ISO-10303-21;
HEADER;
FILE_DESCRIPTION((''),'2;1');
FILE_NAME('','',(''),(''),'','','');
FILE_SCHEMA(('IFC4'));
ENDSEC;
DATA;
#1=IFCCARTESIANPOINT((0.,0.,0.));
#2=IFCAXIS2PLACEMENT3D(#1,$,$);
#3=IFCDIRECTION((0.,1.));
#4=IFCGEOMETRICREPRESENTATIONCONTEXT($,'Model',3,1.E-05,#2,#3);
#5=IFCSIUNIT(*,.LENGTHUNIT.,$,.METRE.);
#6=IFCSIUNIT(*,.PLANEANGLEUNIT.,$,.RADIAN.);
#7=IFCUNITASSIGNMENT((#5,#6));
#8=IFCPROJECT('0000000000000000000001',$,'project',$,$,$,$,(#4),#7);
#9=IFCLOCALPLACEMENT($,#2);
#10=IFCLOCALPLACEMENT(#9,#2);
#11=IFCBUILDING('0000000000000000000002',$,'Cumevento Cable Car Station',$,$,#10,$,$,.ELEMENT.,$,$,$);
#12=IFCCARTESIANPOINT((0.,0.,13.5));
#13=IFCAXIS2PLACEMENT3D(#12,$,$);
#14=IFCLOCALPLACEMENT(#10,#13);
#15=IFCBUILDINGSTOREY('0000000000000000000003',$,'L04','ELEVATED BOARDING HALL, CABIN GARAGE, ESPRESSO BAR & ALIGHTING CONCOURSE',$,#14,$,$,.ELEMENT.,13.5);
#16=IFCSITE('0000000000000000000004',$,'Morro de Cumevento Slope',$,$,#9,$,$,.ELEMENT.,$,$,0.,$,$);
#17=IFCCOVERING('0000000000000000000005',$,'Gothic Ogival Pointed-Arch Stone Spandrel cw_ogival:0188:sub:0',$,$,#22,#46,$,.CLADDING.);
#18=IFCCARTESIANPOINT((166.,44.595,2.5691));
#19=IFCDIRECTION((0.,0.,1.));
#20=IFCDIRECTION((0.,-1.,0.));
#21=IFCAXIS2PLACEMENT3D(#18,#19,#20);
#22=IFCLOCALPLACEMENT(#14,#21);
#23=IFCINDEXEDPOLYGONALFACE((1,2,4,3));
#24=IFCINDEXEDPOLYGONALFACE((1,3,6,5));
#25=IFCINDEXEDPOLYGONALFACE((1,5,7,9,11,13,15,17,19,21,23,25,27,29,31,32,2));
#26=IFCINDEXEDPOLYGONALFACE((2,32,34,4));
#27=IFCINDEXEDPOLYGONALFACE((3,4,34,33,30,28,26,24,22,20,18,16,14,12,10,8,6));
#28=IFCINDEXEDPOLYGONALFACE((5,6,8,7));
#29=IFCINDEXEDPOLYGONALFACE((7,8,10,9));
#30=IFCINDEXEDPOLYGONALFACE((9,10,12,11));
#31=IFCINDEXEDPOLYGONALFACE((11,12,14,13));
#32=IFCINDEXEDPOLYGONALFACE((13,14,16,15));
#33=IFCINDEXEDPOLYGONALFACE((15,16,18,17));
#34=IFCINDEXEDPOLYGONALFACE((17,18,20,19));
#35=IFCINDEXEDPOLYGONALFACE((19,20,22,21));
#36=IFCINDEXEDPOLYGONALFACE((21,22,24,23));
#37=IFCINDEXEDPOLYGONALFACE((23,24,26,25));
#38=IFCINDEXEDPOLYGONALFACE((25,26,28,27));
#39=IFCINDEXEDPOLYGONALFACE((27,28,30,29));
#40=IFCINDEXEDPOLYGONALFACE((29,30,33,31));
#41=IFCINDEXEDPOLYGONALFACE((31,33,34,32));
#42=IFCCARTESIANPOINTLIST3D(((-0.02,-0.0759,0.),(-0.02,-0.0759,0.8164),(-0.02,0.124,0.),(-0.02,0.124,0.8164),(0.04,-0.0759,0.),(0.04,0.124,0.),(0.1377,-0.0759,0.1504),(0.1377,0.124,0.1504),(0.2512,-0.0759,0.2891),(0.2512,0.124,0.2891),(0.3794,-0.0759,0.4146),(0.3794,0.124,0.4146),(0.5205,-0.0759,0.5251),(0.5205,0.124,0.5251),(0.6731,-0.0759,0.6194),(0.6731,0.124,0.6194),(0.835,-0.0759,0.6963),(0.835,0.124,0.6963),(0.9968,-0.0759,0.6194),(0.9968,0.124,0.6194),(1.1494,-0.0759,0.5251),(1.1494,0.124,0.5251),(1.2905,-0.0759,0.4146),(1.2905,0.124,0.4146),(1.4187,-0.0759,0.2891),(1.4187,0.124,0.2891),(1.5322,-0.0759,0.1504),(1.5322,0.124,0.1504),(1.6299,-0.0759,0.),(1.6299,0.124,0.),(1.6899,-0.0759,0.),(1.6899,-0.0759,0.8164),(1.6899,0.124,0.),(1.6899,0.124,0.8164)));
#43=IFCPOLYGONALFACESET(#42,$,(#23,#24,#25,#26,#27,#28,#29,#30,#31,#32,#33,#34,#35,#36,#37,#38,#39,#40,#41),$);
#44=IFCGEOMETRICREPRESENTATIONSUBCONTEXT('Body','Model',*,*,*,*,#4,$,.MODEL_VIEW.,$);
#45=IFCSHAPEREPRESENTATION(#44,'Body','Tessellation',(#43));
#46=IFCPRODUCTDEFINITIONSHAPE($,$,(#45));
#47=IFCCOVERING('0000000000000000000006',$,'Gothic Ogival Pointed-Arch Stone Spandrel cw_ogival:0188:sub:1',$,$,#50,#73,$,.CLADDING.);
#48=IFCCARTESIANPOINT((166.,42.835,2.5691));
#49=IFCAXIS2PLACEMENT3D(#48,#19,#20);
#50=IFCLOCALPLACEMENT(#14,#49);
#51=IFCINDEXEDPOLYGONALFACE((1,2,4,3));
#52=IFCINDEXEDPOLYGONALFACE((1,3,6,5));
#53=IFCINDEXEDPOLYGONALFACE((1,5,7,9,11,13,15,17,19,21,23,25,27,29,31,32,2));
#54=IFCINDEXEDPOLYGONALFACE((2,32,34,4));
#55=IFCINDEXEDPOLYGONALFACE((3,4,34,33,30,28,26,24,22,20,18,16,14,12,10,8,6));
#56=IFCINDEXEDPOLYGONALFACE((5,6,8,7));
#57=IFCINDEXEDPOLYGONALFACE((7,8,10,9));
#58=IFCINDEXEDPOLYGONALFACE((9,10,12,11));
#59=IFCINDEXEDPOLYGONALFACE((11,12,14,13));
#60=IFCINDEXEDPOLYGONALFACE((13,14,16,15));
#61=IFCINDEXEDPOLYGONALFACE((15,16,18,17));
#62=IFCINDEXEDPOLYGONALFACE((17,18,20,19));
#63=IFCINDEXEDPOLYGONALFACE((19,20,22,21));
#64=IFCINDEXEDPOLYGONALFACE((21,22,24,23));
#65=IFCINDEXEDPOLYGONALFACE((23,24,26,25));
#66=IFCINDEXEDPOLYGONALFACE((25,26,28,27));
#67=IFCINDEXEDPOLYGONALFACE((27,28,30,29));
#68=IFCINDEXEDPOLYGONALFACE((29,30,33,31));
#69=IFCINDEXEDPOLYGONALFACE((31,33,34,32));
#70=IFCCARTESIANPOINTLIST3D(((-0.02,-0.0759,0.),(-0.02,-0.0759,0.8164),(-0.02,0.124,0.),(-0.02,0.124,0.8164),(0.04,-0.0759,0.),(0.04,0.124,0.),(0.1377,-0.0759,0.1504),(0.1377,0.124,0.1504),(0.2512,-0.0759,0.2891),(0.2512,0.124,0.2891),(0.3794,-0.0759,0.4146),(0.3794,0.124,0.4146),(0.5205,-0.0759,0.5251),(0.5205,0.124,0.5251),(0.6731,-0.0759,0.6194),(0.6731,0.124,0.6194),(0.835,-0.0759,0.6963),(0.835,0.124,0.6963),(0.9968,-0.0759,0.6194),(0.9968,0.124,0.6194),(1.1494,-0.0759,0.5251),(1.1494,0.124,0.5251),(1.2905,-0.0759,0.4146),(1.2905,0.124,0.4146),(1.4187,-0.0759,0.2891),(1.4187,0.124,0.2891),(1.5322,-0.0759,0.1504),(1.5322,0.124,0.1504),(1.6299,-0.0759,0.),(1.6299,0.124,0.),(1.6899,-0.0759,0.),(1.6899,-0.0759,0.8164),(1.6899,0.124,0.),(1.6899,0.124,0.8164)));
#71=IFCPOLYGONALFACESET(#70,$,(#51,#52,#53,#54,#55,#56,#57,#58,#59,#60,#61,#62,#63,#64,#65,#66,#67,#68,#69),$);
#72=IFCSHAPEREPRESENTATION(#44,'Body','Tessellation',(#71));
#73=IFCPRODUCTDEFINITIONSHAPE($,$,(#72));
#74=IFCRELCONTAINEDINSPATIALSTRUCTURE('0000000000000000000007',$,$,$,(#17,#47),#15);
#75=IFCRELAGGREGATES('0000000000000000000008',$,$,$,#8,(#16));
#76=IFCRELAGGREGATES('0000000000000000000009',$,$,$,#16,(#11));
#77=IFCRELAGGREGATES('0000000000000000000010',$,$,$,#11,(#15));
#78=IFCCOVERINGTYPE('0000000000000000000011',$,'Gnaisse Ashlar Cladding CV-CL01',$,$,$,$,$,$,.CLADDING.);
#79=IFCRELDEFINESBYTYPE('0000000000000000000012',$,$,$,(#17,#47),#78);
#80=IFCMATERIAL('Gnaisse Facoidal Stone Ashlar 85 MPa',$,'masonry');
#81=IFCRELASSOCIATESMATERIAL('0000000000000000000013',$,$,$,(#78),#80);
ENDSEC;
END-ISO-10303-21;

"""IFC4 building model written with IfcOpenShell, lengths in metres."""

from ifc_helpers import new_model, si_unit, direction, frame, origin, place, context, subcontext, project, spatial, polyline, outline, extrude, material, type_object, element, save


model = new_model("IFC4")

# Units and contexts
model_context = context("Model", 3, precision=1e-05, world=origin(), true_north=direction((0.0, 1.0)))
body_context = subcontext(model_context, "Body", "Model", "MODEL_VIEW")
ifc_project = project(units=[si_unit("LENGTHUNIT", "METRE"), si_unit("PLANEANGLEUNIT", "RADIAN")], contexts=[model_context])

# Site, building, storey
site_placement = place(None, origin())
site = spatial("IfcSite", under=ifc_project, at=site_placement, Name="Morro de Cumevento Slope", CompositionType="ELEMENT", RefElevation=0.0)
building_placement = place(site_placement, origin())
building = spatial("IfcBuilding", under=site, at=building_placement, Name="Cumevento Cable Car Station", CompositionType="ELEMENT")
storey_placement = place(building_placement, frame((0.0, 0.0, 13.5)))
storey = spatial("IfcBuildingStorey", under=building, at=storey_placement, Name="L04", Description="ELEVATED BOARDING HALL, CABIN GARAGE, ESPRESSO BAR & ALIGHTING CONCOURSE", CompositionType="ELEMENT", Elevation=13.5)

# Coverings
ifc_material_1 = material(Name="Gnaisse Facoidal Stone Ashlar 85 MPa", Category="masonry")
covering_type = type_object("IfcCoveringType", Name="Gnaisse Ashlar Cladding CV-CL01", PredefinedType="CLADDING", material=ifc_material_1)
for number, where, z_axis, x_axis, name in (
    (1, (166.0, 44.595, 2.5691), (0.0, 0.0, 1.0), (0.0, -1.0, 0.0), "Gothic Ogival Pointed-Arch Stone Spandrel cw_ogival:0188:sub:0"),
    (2, (166.0, 42.835, 2.5691), (0.0, 0.0, 1.0), (0.0, -1.0, 0.0), "Gothic Ogival Pointed-Arch Stone Spandrel cw_ogival:0188:sub:1"),
):
    element("IfcCovering", number, at=place(storey_placement, frame(where, z_axis=z_axis, x_axis=x_axis)), inside=storey, type_object=covering_type, Name=name, PredefinedType="CLADDING", context=body_context, shape_type="SweptSolid", body=[
        extrude(outline(polyline([(-0.02, 0.0), (-0.02, 0.8164), (1.6899, 0.8164), (1.6899, 0.0), (1.6299, 0.0), (1.5322, 0.1504), (1.4187, 0.2891), (1.2905, 0.4146), (1.1494, 0.5251), (0.9968, 0.6194), (0.835, 0.6963), (0.6731, 0.6194), (0.5205, 0.5251), (0.3794, 0.4146), (0.2512, 0.2891), (0.1377, 0.1504), (0.04, 0.0), (-0.02, 0.0)])), frame((0.0, 0.124, 0.0), z_axis=(0.0, -1.0, 0.0), x_axis=(1.0, 0.0, 0.0)), (0.0, 0.0, 1.0), 0.2),
    ])

save(model, "model.ifc")
